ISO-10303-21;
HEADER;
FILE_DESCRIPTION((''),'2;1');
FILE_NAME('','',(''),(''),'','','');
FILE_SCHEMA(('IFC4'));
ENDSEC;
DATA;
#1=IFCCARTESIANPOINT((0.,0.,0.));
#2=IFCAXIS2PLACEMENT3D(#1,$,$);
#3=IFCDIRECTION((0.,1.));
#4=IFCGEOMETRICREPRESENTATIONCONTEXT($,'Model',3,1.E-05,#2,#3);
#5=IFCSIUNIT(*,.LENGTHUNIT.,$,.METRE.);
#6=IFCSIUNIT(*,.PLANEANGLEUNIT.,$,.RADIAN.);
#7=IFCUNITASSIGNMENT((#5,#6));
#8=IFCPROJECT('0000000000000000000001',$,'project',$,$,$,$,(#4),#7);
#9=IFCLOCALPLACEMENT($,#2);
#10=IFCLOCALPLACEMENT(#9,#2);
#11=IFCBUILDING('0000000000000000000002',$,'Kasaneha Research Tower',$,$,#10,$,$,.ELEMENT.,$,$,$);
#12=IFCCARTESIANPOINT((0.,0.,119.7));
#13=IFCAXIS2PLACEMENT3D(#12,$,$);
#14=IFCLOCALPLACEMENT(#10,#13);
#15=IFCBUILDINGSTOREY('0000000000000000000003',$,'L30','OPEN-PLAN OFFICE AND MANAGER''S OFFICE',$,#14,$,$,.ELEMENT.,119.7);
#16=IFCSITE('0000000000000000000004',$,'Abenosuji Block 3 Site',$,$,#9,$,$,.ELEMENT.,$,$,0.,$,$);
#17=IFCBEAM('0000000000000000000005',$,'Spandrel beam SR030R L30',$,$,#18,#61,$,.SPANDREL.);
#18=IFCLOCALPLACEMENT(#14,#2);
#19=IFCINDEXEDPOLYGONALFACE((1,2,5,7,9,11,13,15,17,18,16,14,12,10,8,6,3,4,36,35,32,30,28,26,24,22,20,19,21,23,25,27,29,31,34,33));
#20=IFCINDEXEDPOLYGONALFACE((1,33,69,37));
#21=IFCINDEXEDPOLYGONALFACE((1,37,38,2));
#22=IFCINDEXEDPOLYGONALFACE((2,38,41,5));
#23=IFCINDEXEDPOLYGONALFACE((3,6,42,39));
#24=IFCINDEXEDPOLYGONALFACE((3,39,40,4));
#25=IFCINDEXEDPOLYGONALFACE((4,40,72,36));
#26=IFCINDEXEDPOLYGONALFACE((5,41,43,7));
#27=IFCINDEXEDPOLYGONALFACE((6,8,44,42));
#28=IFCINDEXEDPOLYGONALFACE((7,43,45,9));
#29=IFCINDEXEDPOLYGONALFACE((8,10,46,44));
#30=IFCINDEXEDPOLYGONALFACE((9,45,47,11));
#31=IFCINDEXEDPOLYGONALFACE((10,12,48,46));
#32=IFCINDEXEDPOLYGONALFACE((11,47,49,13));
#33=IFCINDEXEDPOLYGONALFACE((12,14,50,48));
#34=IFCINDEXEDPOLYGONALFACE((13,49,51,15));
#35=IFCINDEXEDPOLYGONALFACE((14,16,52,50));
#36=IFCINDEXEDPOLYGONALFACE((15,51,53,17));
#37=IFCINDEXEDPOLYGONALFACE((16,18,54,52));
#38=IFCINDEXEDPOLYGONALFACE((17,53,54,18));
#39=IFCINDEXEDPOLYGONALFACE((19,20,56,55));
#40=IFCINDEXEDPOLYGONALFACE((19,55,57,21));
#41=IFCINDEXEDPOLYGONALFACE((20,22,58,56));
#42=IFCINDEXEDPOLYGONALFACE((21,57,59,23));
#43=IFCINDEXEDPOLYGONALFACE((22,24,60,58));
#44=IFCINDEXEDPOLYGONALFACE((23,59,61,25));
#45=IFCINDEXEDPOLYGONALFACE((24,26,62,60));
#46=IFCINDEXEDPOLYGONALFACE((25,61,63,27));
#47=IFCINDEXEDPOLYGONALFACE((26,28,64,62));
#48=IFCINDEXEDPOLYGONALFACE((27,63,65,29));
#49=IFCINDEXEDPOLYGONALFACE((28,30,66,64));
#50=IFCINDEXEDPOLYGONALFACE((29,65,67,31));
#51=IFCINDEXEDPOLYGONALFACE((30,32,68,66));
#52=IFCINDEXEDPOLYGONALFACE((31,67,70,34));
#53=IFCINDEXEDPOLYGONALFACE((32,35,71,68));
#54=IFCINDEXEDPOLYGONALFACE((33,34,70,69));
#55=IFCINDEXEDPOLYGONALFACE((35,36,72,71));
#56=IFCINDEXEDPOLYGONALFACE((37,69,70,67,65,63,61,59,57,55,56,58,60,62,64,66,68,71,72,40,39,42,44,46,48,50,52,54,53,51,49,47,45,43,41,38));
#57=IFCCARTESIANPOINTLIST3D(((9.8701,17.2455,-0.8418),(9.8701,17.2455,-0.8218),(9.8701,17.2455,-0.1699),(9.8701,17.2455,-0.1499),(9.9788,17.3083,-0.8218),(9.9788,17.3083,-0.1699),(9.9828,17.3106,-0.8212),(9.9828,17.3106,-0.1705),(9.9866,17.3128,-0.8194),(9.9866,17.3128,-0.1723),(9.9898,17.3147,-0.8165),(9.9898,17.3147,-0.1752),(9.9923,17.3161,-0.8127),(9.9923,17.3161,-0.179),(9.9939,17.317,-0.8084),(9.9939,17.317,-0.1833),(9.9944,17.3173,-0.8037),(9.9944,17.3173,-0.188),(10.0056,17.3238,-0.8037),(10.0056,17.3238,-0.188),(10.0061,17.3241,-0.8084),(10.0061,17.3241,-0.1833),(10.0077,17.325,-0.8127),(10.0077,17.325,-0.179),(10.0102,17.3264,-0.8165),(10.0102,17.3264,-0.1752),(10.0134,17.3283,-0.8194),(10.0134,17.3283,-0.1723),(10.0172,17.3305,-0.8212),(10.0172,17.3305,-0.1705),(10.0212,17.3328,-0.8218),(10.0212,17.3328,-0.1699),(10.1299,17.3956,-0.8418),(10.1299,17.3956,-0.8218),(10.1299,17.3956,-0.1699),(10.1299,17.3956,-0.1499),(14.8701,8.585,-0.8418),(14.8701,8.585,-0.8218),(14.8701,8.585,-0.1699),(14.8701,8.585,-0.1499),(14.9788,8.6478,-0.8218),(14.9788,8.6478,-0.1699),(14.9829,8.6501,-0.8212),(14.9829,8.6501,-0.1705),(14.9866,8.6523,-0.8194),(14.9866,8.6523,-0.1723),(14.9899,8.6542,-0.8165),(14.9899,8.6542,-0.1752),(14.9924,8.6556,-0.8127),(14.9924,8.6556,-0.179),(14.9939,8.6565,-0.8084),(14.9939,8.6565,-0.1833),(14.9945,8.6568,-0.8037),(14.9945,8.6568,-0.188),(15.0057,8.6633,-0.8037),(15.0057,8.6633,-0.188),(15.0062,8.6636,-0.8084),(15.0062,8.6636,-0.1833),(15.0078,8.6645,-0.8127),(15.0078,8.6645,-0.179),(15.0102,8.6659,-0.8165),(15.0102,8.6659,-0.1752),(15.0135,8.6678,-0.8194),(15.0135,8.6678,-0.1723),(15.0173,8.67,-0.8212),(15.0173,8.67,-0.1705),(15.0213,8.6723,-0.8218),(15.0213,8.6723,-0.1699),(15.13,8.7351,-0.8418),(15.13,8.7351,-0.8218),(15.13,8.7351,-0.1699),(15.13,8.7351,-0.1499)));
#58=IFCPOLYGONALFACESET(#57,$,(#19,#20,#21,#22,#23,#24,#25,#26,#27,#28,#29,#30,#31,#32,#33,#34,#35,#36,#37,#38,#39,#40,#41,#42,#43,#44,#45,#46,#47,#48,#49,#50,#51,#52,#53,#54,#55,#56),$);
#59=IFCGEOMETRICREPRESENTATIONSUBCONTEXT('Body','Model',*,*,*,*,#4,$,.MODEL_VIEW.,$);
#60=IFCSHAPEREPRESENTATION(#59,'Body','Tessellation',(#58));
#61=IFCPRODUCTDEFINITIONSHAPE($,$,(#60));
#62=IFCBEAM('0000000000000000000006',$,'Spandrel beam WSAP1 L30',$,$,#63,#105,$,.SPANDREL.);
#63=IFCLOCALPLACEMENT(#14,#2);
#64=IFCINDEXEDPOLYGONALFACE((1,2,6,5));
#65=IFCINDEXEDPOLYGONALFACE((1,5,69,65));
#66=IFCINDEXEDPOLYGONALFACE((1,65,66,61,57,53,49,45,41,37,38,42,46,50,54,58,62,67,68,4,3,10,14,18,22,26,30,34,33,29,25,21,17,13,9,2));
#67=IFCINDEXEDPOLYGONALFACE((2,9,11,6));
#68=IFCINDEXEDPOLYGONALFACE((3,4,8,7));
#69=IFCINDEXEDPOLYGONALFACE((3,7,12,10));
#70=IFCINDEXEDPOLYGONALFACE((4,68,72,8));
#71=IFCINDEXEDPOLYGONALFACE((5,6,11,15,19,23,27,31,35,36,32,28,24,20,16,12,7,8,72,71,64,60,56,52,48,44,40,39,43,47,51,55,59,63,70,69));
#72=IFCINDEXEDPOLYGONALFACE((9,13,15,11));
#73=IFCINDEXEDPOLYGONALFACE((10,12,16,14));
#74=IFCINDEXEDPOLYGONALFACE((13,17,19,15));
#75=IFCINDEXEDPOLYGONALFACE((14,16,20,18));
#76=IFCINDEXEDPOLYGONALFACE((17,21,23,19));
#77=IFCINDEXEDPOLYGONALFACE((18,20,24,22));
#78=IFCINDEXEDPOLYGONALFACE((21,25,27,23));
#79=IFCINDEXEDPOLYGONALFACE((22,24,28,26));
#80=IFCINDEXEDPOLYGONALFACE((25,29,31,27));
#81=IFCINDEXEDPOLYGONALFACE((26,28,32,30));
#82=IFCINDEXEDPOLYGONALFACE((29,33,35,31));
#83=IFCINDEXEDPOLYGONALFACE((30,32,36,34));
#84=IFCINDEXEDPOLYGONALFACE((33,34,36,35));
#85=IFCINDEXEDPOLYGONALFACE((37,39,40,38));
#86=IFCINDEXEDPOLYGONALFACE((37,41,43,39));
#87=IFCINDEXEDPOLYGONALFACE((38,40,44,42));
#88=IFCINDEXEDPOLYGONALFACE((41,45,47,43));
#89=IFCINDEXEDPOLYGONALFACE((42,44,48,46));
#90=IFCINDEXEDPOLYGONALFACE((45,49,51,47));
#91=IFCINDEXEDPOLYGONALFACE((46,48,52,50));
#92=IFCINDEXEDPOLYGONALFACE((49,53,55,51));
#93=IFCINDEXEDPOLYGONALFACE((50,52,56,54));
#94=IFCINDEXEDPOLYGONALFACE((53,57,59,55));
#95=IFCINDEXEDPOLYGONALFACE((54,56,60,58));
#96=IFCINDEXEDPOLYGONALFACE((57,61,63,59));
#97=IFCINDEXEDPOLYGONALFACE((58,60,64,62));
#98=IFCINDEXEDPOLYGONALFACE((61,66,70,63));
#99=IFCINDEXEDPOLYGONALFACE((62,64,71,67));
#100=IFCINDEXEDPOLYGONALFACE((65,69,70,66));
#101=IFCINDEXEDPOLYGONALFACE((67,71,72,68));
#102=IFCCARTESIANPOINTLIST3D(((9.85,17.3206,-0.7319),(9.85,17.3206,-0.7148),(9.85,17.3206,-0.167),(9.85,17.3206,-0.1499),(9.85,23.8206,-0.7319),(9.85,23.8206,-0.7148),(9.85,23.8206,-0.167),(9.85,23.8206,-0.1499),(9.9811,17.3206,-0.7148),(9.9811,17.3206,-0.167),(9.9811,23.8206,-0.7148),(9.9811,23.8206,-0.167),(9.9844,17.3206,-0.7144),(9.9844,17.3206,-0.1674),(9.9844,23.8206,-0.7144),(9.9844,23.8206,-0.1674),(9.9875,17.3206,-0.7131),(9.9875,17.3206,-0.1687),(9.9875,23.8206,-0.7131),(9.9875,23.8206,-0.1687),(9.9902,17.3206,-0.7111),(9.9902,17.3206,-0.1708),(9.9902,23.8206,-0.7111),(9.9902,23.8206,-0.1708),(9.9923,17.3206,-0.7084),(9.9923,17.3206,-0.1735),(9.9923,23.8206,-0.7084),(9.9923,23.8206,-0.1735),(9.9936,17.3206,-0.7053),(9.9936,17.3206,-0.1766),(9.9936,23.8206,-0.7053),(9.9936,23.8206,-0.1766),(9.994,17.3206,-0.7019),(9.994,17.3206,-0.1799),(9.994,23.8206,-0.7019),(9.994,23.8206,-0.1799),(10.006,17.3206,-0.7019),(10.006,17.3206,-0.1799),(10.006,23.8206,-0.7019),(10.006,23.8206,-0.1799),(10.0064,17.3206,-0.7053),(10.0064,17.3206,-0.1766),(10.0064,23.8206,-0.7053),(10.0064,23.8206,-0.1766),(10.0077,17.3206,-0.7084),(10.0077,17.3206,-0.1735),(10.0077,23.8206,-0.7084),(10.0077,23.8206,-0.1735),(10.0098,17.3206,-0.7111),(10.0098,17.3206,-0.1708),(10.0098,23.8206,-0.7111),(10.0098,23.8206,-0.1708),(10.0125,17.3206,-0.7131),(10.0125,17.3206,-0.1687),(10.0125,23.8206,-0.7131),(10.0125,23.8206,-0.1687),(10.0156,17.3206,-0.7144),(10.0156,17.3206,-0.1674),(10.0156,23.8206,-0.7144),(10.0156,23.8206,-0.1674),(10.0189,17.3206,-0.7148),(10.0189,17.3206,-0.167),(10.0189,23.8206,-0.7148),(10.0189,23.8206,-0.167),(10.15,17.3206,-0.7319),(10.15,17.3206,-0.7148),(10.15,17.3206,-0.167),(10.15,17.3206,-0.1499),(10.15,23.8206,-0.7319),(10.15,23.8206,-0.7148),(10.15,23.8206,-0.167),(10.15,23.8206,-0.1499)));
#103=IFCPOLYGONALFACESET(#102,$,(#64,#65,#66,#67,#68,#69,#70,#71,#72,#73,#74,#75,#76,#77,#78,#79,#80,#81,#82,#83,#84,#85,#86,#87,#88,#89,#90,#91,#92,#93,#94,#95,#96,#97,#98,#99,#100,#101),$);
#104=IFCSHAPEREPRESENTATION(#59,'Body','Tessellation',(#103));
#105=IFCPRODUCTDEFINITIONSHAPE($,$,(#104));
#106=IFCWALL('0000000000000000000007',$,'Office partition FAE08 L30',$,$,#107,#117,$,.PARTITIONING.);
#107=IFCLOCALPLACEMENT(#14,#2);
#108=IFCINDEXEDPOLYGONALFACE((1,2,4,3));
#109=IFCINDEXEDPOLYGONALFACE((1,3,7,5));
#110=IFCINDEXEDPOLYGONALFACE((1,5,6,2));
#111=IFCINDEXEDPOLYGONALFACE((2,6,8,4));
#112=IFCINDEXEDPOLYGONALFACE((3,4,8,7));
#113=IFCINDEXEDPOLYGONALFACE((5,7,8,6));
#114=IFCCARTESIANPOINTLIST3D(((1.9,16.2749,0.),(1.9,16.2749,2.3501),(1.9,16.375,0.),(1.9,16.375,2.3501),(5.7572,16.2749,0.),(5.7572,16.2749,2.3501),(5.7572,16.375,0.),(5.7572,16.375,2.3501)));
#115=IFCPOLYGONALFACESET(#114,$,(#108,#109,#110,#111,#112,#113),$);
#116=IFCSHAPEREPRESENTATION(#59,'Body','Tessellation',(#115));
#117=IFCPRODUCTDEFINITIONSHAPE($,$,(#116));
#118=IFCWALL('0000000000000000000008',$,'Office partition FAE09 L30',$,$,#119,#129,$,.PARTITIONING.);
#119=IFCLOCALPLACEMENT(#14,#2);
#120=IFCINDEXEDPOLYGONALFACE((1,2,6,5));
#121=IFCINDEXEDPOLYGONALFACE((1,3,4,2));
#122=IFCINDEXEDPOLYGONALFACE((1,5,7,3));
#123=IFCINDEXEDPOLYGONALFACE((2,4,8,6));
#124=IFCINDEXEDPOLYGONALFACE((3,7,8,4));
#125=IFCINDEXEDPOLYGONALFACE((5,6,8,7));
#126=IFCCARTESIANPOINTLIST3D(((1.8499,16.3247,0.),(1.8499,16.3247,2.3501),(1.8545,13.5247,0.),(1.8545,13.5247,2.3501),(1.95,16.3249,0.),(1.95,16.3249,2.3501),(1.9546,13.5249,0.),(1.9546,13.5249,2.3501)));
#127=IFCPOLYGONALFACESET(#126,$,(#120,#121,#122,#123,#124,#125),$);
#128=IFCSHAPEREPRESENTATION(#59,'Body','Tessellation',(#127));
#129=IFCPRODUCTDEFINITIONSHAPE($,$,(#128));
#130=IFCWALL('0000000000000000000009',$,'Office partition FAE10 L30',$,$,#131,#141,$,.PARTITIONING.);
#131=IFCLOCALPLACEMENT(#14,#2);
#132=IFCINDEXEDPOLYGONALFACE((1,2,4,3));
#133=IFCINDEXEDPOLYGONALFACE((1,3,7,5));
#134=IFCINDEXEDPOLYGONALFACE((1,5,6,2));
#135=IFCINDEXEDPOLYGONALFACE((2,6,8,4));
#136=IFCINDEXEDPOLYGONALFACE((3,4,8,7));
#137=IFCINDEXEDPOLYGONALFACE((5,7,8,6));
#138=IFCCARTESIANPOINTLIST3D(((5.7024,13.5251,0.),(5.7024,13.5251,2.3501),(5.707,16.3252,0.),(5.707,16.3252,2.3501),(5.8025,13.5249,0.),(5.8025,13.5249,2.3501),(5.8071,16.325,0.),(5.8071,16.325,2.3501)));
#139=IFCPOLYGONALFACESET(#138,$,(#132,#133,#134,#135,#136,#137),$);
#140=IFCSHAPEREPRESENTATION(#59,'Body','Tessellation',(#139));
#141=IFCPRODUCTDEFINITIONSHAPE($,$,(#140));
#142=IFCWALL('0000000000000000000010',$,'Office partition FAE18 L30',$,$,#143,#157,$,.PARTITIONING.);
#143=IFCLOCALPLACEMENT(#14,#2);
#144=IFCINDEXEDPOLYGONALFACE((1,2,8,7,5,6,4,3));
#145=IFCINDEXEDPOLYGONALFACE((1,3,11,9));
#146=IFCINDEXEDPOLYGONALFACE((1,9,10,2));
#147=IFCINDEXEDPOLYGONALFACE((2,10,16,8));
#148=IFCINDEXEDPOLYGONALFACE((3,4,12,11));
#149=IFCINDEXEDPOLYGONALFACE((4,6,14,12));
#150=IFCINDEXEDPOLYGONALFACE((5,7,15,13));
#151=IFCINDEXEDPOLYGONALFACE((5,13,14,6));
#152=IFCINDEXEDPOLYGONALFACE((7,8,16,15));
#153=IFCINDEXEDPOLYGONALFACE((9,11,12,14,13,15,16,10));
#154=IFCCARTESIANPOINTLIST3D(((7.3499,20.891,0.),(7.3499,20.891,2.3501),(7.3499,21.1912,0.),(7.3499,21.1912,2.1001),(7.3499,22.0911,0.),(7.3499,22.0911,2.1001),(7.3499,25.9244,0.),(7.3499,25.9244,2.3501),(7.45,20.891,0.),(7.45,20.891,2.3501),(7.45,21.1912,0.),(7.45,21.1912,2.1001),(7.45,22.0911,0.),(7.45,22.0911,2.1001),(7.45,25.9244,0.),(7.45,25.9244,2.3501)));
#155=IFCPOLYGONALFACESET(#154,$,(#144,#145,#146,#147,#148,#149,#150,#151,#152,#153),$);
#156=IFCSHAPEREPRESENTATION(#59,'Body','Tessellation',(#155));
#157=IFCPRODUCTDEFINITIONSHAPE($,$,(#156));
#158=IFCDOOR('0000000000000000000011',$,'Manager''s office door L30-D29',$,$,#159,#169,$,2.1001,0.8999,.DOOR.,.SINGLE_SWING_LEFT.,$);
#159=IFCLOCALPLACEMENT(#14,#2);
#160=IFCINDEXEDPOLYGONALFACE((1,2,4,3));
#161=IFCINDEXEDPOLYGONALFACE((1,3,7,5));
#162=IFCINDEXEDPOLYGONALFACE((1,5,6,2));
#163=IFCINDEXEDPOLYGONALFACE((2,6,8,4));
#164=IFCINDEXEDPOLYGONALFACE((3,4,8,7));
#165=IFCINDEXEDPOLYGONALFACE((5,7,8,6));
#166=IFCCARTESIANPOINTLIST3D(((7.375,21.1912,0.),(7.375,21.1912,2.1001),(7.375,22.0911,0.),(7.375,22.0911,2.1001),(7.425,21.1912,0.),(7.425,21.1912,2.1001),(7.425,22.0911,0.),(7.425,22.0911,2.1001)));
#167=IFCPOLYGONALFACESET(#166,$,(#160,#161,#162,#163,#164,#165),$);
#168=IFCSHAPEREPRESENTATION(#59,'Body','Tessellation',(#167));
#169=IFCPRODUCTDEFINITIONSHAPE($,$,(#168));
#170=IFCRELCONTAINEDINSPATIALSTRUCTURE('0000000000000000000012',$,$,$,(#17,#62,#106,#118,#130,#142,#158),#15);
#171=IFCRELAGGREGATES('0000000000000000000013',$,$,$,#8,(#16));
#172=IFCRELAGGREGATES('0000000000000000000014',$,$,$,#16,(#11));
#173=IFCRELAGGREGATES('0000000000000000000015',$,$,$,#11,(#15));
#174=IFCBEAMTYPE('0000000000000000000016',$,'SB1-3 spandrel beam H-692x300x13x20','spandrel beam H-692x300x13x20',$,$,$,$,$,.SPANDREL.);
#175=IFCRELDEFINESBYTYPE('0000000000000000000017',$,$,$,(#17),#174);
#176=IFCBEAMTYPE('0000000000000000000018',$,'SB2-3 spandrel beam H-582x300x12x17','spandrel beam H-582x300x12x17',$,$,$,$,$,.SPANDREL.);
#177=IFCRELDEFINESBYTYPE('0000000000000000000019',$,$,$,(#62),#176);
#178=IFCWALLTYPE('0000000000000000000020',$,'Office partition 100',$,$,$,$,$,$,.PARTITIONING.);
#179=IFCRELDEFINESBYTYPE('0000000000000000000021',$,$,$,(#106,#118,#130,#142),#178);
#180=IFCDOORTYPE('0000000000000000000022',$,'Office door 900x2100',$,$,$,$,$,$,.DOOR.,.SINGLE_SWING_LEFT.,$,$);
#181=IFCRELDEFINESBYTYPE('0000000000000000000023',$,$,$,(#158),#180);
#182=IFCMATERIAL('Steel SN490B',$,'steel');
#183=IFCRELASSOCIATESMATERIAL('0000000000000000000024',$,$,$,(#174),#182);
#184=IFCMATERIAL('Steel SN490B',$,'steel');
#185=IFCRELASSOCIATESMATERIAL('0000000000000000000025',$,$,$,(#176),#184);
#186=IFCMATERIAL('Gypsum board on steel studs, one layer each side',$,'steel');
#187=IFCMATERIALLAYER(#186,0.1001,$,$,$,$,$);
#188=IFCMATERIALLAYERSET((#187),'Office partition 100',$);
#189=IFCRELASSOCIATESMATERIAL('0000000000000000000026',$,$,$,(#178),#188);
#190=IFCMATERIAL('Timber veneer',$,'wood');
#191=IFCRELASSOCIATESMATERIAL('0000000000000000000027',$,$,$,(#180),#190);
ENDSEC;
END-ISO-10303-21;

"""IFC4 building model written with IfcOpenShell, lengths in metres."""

from ifc_helpers import new_model, si_unit, direction, frame, frame_2d, origin, origin_2d, place, context, subcontext, project, spatial, rectangle, i_section, extrude, material, layer, layer_set, material_profile, profile_set, type_object, element, fill, save


model = new_model("IFC4")

# Units and contexts
model_context = context("Model", 3, precision=1e-05, world=origin(), true_north=direction((0.0, 1.0)))
body_context = subcontext(model_context, "Body", "Model", "MODEL_VIEW")
ifc_project = project(units=[si_unit("LENGTHUNIT", "METRE"), si_unit("PLANEANGLEUNIT", "RADIAN")], contexts=[model_context])

# Site, building, storey
site_placement = place(None, origin())
site = spatial("IfcSite", under=ifc_project, at=site_placement, Name="Abenosuji Block 3 Site", CompositionType="ELEMENT", RefElevation=0.0)
building_placement = place(site_placement, origin())
building = spatial("IfcBuilding", under=site, at=building_placement, Name="Kasaneha Research Tower", CompositionType="ELEMENT")
storey_placement = place(building_placement, frame((0.0, 0.0, 119.7)))
storey = spatial("IfcBuildingStorey", under=building, at=storey_placement, Name="L30", Description="OPEN-PLAN OFFICE AND MANAGER'S OFFICE", CompositionType="ELEMENT", Elevation=119.7)

# Beams
ifc_material_1 = material(Name="Steel SN490B", Category="steel")
ifc_material_profile_1 = material_profile(ifc_material_1, i_section(OverallWidth=0.3, OverallDepth=0.6919, WebThickness=0.0129, FlangeThickness=0.02, FilletRadius=0.0181, at=origin_2d()), Name="H-692x300x13x20")
ifc_profile_set_1 = profile_set([ifc_material_profile_1], Name="Steel SN490B")
beam_type_1 = type_object("IfcBeamType", Name="SB1-3 spandrel beam H-692x300x13x20", Description="spandrel beam H-692x300x13x20", PredefinedType="SPANDREL", material=ifc_profile_set_1)
beam_1_placement = place(storey_placement, frame((10.0, 17.3206, -0.4958), z_axis=(0.499994, -0.866029, 0.0), x_axis=(0.866029, 0.499994, 0.0)))
element("IfcBeam", 1, at=beam_1_placement, inside=storey, type_object=beam_type_1, Name="Spandrel beam SR030R L30", PredefinedType="SPANDREL", context=body_context, shape_type="SweptSolid", body=[
    extrude(i_section(OverallWidth=0.3, OverallDepth=0.6919, WebThickness=0.0129, FlangeThickness=0.02, FilletRadius=0.0181, at=origin_2d()), origin(), (0.0, 0.0, 1.0), 10.0002),
])
ifc_material_2 = material(Name="Steel SN490B", Category="steel")
ifc_material_profile_2 = material_profile(ifc_material_2, i_section(OverallWidth=0.3, OverallDepth=0.582, WebThickness=0.012, FlangeThickness=0.0171, FilletRadius=0.0129, at=origin_2d()), Name="H-582x300x12x17")
ifc_profile_set_2 = profile_set([ifc_material_profile_2], Name="Steel SN490B")
beam_type_2 = type_object("IfcBeamType", Name="SB2-3 spandrel beam H-582x300x12x17", Description="spandrel beam H-582x300x12x17", PredefinedType="SPANDREL", material=ifc_profile_set_2)
beam_2_placement = place(storey_placement, frame((10.0, 17.3206, -0.4409), z_axis=(0.0, 1.0, 0.0), x_axis=(-1.0, 0.0, 0.0)))
element("IfcBeam", 2, at=beam_2_placement, inside=storey, type_object=beam_type_2, Name="Spandrel beam WSAP1 L30", PredefinedType="SPANDREL", context=body_context, shape_type="SweptSolid", body=[
    extrude(i_section(OverallWidth=0.3, OverallDepth=0.582, WebThickness=0.012, FlangeThickness=0.0171, FilletRadius=0.0129, at=origin_2d()), origin(), (0.0, 0.0, 1.0), 6.5),
])

# Walls
ifc_material_3 = material(Name="Gypsum board on steel studs, one layer each side", Category="steel")
ifc_layer_1 = layer(ifc_material_3, 0.1001)
ifc_layer_set_1 = layer_set([ifc_layer_1], Name="Office partition 100")
wall_type_1 = type_object("IfcWallType", Name="Office partition 100", PredefinedType="PARTITIONING", material=ifc_layer_set_1)
wall_1_placement = place(storey_placement, frame((1.8999, 16.325, 0.0), z_axis=(0.0, 0.0, 1.0), x_axis=(1.0, 0.0, 0.0)))
element("IfcWall", 3, at=wall_1_placement, inside=storey, type_object=wall_type_1, Name="Office partition FAE08 L30", PredefinedType="PARTITIONING", context=body_context, shape_type="SweptSolid", body=[
    extrude(rectangle(XDim=3.8572, YDim=0.1001, at=frame_2d((1.9287, 0.0))), origin(), (0.0, 0.0, 1.0), 2.3501),
])
for number, where, z_axis, x_axis, name in (
    (4, (1.9045, 13.5249, 0.0), (0.0, 0.0, 1.0), (-0.001657, 0.999999, 0.0), "Office partition FAE09 L30"),
    (5, (5.7571, 16.325, 0.0), (0.0, 0.0, 1.0), (-0.001657, -0.999999, 0.0), "Office partition FAE10 L30"),
):
    element("IfcWall", number, at=place(storey_placement, frame(where, z_axis=z_axis, x_axis=x_axis)), inside=storey, type_object=wall_type_1, Name=name, PredefinedType="PARTITIONING", context=body_context, shape_type="SweptSolid", body=[
        extrude(rectangle(XDim=2.8, YDim=0.1001, at=frame_2d((1.3999, 0.0))), origin(), (0.0, 0.0, 1.0), 2.3501),
    ])

# Wall, opening, door
wall_2_placement = place(storey_placement, frame((7.3999, 20.8911, 0.0), z_axis=(0.0, 0.0, 1.0), x_axis=(0.0, 1.0, 0.0)))
wall_2 = element("IfcWall", 6, at=wall_2_placement, inside=storey, type_object=wall_type_1, Name="Office partition FAE18 L30", PredefinedType="PARTITIONING", context=body_context, shape_type="SweptSolid", body=[
    extrude(rectangle(XDim=5.0334, YDim=0.1001, at=frame_2d((2.5166, 0.0))), origin(), (0.0, 0.0, 1.0), 2.3501),
])
opening_1_placement = place(wall_2_placement, frame((0.3, 0.0, 0.0)))
opening_1 = element("IfcOpeningElement", 7, at=opening_1_placement, cuts=wall_2, PredefinedType="OPENING", context=body_context, shape_type="SweptSolid", body=[
    extrude(rectangle(XDim=0.8999, YDim=2.1001, at=frame_2d((0.45, 1.05))), frame((0.0, 0.0601, 0.0), z_axis=(0.0, -1.0, 0.0), x_axis=(1.0, 0.0, 0.0)), (0.0, 0.0, 1.0), 0.1201),
])
ifc_material_4 = material(Name="Timber veneer", Category="wood")
door_type_1 = type_object("IfcDoorType", Name="Office door 900x2100", OperationType="SINGLE_SWING_LEFT", PredefinedType="DOOR", material=ifc_material_4)
door_1_placement = place(opening_1_placement, origin())
door_1 = element("IfcDoor", 8, at=door_1_placement, inside=storey, type_object=door_type_1, Name="Manager's office door L30-D29", OperationType="SINGLE_SWING_LEFT", OverallHeight=2.1001, OverallWidth=0.8999, PredefinedType="DOOR", context=body_context, shape_type="SweptSolid", body=[
    extrude(rectangle(XDim=0.8999, YDim=2.1001, at=frame_2d((0.45, 1.05))), frame((0.0, 0.0249, 0.0), z_axis=(0.0, -1.0, 0.0), x_axis=(1.0, 0.0, 0.0)), (0.0, 0.0, 1.0), 0.05),
])
fill(opening_1, door_1)

save(model, "model.ifc")
